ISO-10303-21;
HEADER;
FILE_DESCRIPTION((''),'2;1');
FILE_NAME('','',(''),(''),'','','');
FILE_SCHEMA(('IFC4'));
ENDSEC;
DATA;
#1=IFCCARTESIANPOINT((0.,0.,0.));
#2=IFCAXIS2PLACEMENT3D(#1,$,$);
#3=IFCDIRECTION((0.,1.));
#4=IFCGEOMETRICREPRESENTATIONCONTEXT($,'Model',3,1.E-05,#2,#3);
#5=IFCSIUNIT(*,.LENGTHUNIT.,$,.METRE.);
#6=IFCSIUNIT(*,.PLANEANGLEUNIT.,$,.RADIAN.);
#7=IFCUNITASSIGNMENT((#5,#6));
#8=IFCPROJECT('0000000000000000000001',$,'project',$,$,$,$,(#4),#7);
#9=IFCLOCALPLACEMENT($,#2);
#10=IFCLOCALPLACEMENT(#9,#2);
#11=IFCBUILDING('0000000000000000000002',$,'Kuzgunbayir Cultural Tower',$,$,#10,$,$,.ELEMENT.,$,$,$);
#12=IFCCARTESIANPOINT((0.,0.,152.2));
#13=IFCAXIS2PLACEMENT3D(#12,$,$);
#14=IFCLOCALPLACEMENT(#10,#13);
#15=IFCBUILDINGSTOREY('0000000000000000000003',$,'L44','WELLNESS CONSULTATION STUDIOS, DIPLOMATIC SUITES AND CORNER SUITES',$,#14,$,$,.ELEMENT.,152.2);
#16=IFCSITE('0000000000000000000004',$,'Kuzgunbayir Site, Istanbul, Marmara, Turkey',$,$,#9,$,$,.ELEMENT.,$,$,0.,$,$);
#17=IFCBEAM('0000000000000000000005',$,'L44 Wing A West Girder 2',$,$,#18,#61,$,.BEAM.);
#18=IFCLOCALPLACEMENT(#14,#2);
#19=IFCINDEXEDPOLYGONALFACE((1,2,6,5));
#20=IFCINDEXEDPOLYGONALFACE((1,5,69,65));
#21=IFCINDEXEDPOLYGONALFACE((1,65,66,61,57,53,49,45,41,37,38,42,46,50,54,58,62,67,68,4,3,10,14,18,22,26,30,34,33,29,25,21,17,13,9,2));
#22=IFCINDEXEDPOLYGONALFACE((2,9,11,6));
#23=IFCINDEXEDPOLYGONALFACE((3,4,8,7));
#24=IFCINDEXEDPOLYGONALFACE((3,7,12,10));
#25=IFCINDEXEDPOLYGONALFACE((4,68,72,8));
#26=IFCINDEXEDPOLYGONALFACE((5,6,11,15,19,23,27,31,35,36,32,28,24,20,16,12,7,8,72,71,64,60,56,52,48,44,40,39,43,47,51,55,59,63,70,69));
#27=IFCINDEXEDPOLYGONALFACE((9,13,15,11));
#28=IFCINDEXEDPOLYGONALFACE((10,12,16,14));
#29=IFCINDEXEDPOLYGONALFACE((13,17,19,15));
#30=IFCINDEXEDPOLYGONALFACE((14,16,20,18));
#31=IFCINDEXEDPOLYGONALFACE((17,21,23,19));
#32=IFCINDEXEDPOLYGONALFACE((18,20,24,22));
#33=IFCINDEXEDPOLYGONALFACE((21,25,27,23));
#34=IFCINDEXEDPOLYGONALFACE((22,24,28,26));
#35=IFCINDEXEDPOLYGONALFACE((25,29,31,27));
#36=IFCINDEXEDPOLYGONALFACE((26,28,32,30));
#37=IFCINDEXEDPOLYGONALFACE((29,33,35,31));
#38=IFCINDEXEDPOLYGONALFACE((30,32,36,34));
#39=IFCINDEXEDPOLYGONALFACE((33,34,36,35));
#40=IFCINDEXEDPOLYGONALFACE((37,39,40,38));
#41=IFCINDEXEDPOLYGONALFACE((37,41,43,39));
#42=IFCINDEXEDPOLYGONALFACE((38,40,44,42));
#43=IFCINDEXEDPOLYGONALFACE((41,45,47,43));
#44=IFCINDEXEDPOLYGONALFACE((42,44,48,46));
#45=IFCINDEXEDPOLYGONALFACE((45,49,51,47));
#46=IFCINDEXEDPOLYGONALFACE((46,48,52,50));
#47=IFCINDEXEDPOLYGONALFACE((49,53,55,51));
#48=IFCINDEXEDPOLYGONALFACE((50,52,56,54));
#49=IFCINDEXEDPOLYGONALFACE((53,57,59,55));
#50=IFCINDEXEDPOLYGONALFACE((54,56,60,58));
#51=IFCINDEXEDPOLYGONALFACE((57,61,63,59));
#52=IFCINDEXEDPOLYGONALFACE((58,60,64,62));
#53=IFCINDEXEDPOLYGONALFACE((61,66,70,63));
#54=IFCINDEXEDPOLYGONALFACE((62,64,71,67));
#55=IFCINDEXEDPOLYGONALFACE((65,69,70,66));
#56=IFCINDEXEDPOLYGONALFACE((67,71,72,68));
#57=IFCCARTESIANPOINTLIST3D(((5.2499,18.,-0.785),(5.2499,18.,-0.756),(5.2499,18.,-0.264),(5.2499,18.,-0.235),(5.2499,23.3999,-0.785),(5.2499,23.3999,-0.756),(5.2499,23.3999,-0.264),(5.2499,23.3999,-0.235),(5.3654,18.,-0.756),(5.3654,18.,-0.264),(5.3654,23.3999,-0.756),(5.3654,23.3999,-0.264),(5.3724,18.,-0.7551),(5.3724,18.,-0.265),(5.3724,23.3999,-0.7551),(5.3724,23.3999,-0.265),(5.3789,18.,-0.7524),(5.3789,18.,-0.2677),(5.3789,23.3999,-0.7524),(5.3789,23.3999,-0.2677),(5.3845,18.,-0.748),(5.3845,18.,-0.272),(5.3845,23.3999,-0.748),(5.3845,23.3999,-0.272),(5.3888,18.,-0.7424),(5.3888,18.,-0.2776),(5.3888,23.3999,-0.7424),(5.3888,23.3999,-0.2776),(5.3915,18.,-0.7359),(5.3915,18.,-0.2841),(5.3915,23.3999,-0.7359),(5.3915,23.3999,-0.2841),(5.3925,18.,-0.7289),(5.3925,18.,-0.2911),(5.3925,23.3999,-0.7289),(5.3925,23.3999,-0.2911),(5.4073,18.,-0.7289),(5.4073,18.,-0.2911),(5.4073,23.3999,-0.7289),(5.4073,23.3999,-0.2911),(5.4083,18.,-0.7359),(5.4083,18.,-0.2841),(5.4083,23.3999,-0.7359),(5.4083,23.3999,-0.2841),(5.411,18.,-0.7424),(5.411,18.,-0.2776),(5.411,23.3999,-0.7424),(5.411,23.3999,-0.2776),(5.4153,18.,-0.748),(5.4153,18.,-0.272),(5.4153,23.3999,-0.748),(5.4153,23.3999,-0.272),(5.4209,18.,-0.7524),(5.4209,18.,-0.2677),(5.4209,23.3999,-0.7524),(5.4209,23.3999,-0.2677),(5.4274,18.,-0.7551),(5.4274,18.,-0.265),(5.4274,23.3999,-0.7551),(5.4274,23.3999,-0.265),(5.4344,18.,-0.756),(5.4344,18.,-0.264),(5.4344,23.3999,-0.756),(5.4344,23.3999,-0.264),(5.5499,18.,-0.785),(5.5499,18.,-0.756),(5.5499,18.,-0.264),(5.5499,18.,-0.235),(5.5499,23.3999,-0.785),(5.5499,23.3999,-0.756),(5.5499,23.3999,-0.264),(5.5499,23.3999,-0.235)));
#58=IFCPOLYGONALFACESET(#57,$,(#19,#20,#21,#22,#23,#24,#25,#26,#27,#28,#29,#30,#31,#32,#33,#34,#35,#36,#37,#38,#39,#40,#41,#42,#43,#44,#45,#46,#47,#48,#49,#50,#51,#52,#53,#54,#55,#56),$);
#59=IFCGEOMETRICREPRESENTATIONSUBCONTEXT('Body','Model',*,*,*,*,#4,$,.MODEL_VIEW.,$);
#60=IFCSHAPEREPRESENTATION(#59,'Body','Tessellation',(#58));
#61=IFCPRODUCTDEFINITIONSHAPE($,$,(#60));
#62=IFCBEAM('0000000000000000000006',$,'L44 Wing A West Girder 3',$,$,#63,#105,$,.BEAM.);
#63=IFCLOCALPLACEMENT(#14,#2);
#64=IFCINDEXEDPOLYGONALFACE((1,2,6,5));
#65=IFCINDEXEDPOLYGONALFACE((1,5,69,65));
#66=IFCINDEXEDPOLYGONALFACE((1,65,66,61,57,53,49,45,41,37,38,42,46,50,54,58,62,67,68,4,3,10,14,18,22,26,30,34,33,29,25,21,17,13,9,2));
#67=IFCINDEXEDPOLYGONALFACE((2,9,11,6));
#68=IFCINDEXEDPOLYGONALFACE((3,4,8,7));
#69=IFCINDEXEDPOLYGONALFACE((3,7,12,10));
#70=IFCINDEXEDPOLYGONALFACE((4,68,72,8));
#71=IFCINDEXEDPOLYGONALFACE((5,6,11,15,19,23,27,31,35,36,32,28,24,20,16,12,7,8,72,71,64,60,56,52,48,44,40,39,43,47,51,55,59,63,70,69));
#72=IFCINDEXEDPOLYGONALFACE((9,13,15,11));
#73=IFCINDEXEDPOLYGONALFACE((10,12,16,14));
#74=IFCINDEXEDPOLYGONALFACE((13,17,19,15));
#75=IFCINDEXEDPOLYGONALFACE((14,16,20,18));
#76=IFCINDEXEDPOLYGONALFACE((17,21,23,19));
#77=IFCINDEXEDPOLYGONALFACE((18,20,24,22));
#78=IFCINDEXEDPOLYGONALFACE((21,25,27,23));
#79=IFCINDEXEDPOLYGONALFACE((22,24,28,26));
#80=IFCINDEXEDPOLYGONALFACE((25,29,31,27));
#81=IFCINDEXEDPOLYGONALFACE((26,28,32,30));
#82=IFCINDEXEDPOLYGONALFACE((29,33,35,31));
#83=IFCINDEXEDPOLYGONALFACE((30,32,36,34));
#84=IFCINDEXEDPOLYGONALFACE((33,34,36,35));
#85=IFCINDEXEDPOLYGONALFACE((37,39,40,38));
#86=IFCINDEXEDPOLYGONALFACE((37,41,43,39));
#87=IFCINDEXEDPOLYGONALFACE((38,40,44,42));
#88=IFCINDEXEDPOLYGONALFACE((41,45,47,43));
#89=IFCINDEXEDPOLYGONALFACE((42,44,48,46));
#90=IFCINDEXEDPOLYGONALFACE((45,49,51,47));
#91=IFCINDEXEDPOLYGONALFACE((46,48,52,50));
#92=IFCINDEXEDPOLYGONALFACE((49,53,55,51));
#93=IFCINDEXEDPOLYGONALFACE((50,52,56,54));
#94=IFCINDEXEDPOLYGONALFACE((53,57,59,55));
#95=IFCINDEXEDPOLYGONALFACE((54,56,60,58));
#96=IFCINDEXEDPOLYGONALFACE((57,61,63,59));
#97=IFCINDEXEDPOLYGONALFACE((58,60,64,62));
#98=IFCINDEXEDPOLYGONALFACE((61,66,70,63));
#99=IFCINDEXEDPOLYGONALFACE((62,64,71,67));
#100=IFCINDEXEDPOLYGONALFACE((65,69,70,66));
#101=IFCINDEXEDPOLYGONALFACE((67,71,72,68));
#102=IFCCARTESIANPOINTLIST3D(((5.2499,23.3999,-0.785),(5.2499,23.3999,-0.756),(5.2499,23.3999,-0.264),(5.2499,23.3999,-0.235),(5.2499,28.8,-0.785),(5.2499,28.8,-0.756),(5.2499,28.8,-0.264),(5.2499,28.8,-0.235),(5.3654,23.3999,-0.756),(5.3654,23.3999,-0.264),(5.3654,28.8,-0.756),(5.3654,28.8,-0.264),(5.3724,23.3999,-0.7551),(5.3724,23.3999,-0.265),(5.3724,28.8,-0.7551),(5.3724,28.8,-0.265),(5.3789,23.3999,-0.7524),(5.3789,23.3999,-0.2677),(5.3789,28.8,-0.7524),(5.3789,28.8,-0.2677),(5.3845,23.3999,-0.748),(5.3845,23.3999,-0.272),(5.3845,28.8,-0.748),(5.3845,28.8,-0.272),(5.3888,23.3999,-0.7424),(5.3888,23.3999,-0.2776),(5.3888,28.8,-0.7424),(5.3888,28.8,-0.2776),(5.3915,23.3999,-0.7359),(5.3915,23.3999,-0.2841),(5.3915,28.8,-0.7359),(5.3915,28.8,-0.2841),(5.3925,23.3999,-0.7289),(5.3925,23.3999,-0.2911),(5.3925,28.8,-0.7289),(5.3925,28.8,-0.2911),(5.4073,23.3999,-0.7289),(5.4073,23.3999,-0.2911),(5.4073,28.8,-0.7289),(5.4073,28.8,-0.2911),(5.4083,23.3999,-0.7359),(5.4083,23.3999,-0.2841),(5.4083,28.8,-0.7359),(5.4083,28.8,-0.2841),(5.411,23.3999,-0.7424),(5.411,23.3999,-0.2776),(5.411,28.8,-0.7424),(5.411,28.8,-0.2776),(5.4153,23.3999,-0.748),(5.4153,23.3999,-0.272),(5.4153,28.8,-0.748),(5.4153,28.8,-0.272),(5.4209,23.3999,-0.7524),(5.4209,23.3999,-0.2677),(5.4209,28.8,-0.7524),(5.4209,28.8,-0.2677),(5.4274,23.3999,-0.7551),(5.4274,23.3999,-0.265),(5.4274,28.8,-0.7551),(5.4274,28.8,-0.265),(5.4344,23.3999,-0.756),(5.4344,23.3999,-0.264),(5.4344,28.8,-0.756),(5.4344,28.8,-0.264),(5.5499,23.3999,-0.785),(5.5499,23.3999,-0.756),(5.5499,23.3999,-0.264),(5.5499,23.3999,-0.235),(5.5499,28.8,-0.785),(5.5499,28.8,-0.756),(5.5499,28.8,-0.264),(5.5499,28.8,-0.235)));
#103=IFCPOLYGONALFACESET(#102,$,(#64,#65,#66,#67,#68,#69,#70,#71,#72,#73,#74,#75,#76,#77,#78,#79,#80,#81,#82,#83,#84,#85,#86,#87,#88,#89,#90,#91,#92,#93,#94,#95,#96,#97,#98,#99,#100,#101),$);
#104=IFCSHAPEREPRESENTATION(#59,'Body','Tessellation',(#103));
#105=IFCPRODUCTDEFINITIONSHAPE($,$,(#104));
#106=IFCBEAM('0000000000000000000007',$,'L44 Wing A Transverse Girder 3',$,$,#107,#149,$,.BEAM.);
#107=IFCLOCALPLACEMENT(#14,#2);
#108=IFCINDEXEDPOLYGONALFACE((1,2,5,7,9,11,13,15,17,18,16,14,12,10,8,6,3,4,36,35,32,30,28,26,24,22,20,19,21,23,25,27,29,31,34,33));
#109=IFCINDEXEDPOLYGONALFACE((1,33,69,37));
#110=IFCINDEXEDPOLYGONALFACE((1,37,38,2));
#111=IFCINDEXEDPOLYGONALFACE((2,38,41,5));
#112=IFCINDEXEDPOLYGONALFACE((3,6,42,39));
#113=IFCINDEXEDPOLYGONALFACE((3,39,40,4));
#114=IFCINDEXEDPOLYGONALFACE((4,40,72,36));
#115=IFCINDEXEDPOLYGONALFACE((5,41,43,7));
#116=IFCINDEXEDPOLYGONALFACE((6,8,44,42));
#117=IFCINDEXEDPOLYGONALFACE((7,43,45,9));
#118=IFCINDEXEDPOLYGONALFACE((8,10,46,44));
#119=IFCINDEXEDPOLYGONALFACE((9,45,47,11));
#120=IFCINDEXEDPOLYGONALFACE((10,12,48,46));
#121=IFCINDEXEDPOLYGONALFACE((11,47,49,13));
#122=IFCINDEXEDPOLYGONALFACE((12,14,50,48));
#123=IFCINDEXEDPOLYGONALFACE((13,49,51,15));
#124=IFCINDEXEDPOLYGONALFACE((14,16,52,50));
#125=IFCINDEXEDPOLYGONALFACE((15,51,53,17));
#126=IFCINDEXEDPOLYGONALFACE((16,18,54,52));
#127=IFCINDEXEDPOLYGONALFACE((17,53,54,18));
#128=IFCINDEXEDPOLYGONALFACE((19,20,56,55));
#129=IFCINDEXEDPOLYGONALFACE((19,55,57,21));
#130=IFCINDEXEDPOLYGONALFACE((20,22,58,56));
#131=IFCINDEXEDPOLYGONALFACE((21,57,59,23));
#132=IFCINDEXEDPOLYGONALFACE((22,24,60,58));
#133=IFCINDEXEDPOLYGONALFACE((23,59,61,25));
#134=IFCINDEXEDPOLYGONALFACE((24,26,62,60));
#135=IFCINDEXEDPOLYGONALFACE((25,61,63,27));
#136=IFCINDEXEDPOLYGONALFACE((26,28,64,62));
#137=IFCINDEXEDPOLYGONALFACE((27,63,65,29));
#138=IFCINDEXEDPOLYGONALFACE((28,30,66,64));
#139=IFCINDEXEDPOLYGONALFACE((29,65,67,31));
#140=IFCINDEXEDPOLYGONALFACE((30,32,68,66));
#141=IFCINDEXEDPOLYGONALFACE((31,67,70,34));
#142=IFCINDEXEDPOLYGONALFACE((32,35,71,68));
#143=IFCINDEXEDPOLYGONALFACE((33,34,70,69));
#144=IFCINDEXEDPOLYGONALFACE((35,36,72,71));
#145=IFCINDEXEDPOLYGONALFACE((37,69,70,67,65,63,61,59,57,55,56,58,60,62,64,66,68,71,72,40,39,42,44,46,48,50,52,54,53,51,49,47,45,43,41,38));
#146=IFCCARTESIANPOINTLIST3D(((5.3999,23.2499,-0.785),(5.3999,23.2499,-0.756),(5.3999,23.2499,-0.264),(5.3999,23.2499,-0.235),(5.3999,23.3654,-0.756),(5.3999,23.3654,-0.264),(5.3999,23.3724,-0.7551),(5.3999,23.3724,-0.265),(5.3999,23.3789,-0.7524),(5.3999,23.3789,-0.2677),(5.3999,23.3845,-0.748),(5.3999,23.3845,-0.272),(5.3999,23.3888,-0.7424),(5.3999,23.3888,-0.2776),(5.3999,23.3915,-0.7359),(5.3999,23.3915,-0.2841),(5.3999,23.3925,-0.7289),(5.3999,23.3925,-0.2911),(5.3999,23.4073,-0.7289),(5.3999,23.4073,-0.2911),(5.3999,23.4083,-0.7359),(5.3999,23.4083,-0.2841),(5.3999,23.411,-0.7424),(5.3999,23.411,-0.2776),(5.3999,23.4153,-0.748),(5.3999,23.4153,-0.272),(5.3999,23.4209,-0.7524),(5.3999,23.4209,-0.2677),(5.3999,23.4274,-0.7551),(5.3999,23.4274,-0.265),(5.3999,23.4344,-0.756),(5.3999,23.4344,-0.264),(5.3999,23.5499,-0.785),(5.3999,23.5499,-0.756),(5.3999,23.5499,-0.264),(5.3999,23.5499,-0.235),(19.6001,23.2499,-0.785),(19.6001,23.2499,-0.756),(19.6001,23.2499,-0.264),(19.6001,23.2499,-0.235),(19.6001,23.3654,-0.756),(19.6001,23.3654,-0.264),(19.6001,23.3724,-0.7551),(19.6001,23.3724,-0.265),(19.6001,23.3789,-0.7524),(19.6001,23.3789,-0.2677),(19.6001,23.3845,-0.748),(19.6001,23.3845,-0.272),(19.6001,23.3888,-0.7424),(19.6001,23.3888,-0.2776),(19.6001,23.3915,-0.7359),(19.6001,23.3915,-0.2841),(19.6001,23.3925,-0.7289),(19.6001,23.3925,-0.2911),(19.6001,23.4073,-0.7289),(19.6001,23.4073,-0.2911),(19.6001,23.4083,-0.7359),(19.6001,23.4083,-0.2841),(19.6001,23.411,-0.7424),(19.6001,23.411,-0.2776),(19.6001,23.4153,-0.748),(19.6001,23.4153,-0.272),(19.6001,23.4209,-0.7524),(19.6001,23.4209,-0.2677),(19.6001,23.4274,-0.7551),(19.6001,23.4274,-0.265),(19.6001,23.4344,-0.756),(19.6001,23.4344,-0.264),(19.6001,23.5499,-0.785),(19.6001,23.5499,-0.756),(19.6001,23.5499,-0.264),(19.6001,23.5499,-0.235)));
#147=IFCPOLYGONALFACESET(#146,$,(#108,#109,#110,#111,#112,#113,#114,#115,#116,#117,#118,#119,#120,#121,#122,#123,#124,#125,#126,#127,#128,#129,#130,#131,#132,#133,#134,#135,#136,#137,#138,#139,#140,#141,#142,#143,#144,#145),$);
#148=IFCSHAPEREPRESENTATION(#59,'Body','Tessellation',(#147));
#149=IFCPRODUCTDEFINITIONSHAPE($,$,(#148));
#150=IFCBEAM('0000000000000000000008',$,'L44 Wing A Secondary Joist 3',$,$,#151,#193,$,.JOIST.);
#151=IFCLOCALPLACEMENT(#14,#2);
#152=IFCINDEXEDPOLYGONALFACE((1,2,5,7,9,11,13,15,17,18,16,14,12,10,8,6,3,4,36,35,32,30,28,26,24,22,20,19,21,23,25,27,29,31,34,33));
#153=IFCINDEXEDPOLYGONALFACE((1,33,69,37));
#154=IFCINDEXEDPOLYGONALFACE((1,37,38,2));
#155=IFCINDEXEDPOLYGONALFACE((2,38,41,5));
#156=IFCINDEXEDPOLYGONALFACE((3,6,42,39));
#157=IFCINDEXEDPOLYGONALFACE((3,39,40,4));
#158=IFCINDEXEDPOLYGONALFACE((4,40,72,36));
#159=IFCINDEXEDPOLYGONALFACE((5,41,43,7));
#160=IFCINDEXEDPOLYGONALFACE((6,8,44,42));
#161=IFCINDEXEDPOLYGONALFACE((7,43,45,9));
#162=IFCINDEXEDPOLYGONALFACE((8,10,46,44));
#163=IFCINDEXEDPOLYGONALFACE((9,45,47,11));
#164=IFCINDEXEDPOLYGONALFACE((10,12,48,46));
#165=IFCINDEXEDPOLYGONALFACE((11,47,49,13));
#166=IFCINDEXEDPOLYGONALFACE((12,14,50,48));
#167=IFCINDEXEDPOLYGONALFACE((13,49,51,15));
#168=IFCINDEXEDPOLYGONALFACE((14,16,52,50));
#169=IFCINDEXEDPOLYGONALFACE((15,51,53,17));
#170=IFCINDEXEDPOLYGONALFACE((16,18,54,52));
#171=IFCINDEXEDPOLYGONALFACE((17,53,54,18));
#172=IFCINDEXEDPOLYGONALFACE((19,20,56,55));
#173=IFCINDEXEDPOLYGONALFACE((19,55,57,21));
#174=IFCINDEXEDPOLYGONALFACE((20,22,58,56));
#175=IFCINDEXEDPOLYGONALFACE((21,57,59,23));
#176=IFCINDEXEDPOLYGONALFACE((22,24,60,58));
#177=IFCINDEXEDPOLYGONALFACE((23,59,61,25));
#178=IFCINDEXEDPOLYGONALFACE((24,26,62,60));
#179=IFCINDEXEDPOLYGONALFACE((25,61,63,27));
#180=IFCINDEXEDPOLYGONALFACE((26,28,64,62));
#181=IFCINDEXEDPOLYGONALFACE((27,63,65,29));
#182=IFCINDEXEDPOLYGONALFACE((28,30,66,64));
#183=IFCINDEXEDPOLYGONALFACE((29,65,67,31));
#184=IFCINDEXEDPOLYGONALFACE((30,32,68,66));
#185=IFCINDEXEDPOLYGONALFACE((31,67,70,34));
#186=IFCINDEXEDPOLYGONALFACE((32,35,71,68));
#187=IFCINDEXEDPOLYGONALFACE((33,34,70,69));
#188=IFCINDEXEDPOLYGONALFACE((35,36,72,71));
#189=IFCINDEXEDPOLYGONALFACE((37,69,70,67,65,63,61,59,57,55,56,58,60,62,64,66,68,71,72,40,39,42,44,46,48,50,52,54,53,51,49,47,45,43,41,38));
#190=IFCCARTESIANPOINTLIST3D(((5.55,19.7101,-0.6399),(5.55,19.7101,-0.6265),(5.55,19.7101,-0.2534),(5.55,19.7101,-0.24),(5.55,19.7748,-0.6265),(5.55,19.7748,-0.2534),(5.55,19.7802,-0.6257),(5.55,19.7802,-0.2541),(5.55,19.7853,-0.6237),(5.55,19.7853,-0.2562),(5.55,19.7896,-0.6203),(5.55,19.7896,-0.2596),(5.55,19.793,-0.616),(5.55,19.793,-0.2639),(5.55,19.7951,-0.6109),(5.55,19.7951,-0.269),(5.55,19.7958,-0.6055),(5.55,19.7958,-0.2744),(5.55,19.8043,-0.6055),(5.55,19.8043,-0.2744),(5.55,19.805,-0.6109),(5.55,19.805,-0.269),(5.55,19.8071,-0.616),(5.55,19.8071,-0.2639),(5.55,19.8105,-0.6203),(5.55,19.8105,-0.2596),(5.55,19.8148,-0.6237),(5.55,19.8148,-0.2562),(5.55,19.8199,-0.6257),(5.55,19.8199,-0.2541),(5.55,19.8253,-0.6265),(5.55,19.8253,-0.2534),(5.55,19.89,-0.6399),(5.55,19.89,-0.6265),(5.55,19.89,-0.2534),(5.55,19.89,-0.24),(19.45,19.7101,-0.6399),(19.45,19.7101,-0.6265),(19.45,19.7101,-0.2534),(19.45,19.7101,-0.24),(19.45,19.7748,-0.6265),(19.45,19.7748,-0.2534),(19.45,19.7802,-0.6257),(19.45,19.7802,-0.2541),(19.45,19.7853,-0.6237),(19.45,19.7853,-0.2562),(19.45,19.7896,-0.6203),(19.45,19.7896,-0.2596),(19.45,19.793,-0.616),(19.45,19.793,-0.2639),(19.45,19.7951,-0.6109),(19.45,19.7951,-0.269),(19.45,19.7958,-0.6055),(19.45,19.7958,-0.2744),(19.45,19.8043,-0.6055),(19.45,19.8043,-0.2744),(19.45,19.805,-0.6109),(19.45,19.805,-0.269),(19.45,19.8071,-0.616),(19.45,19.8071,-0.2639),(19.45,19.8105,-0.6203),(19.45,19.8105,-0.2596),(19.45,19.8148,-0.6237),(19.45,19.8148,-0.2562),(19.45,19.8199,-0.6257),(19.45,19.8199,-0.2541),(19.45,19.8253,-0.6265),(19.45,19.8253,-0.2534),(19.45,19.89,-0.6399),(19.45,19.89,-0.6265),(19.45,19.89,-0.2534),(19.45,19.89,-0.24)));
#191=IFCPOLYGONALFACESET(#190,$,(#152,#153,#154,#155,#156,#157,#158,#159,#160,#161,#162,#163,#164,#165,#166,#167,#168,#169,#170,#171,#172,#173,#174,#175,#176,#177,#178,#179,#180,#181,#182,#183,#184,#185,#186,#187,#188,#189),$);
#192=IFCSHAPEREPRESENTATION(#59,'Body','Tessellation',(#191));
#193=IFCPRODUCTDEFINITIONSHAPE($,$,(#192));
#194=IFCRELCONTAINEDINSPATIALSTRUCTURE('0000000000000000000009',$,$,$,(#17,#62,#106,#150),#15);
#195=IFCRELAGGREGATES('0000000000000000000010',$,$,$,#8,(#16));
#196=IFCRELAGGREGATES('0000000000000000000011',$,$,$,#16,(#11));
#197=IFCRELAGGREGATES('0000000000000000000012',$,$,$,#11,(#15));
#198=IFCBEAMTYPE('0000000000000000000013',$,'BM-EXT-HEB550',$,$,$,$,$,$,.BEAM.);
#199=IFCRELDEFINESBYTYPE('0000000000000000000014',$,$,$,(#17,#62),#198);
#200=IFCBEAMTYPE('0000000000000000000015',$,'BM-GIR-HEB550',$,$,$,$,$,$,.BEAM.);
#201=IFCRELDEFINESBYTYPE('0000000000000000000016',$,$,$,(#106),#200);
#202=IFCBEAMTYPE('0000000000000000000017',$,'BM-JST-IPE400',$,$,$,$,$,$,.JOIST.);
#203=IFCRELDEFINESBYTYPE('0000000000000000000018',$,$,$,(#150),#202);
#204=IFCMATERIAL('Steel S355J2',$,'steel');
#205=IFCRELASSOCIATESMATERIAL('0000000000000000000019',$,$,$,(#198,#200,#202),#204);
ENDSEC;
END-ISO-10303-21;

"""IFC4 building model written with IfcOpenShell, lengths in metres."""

from ifc_helpers import new_model, si_unit, direction, frame, origin, origin_2d, place, context, subcontext, project, spatial, i_section, extrude, material, material_profile, profile_set, type_object, element, save


model = new_model("IFC4")

# Units and contexts
model_context = context("Model", 3, precision=1e-05, world=origin(), true_north=direction((0.0, 1.0)))
body_context = subcontext(model_context, "Body", "Model", "MODEL_VIEW")
ifc_project = project(units=[si_unit("LENGTHUNIT", "METRE"), si_unit("PLANEANGLEUNIT", "RADIAN")], contexts=[model_context])

# Site, building, storey
site_placement = place(None, origin())
site = spatial("IfcSite", under=ifc_project, at=site_placement, Name="Kuzgunbayir Site, Istanbul, Marmara, Turkey", CompositionType="ELEMENT", RefElevation=0.0)
building_placement = place(site_placement, origin())
building = spatial("IfcBuilding", under=site, at=building_placement, Name="Kuzgunbayir Cultural Tower", CompositionType="ELEMENT")
storey_placement = place(building_placement, frame((0.0, 0.0, 152.2)))
storey = spatial("IfcBuildingStorey", under=building, at=storey_placement, Name="L44", Description="WELLNESS CONSULTATION STUDIOS, DIPLOMATIC SUITES AND CORNER SUITES", CompositionType="ELEMENT", Elevation=152.2)

# Beams
ifc_material_1 = material(Name="Steel S355J2", Category="steel")
ifc_material_profile_1 = material_profile(ifc_material_1, i_section(OverallWidth=0.3, OverallDepth=0.55, WebThickness=0.0149, FlangeThickness=0.0291, FilletRadius=0.0271, at=origin_2d()), Name="HEB 550")
ifc_profile_set_1 = profile_set([ifc_material_profile_1], Name="Steel S355J2")
beam_type_1 = type_object("IfcBeamType", Name="BM-EXT-HEB550", PredefinedType="BEAM", material=ifc_profile_set_1)
beam_1_placement = place(storey_placement, frame((5.3999, 18.0, -0.51), z_axis=(0.0, 1.0, 0.0), x_axis=(-1.0, 0.0, 0.0)))
element("IfcBeam", 1, at=beam_1_placement, inside=storey, type_object=beam_type_1, Name="L44 Wing A West Girder 2", PredefinedType="BEAM", context=body_context, shape_type="SweptSolid", body=[
    extrude(i_section(OverallWidth=0.3, OverallDepth=0.55, WebThickness=0.0149, FlangeThickness=0.0291, FilletRadius=0.0271, at=origin_2d()), origin(), (0.0, 0.0, 1.0), 5.3999),
])
beam_2_placement = place(storey_placement, frame((5.3999, 23.3999, -0.51), z_axis=(0.0, 1.0, 0.0), x_axis=(-1.0, 0.0, 0.0)))
element("IfcBeam", 2, at=beam_2_placement, inside=storey, type_object=beam_type_1, Name="L44 Wing A West Girder 3", PredefinedType="BEAM", context=body_context, shape_type="SweptSolid", body=[
    extrude(i_section(OverallWidth=0.3, OverallDepth=0.55, WebThickness=0.0149, FlangeThickness=0.0291, FilletRadius=0.0271, at=origin_2d()), origin(), (0.0, 0.0, 1.0), 5.4001),
])
ifc_material_profile_2 = material_profile(ifc_material_1, i_section(OverallWidth=0.3, OverallDepth=0.55, WebThickness=0.0149, FlangeThickness=0.0291, FilletRadius=0.0271, at=origin_2d()), Name="HEB 550")
ifc_profile_set_2 = profile_set([ifc_material_profile_2], Name="Steel S355J2")
beam_type_2 = type_object("IfcBeamType", Name="BM-GIR-HEB550", PredefinedType="BEAM", material=ifc_profile_set_2)
beam_3_placement = place(storey_placement, frame((5.3999, 23.3999, -0.51), z_axis=(1.0, 0.0, 0.0), x_axis=(0.0, 1.0, 0.0)))
element("IfcBeam", 3, at=beam_3_placement, inside=storey, type_object=beam_type_2, Name="L44 Wing A Transverse Girder 3", PredefinedType="BEAM", context=body_context, shape_type="SweptSolid", body=[
    extrude(i_section(OverallWidth=0.3, OverallDepth=0.55, WebThickness=0.0149, FlangeThickness=0.0291, FilletRadius=0.0271, at=origin_2d()), origin(), (0.0, 0.0, 1.0), 14.2002),
])
ifc_material_profile_3 = material_profile(ifc_material_1, i_section(OverallWidth=0.1799, OverallDepth=0.3999, WebThickness=0.0085, FlangeThickness=0.0134, FilletRadius=0.021, at=origin_2d()), Name="IPE 400")
ifc_profile_set_3 = profile_set([ifc_material_profile_3], Name="Steel S355J2")
beam_type_3 = type_object("IfcBeamType", Name="BM-JST-IPE400", PredefinedType="JOIST", material=ifc_profile_set_3)
for number, where, z_axis, x_axis, name in (
    (4, (5.55, 19.8, -0.4399), (1.0, 0.0, 0.0), (0.0, 1.0, 0.0), "L44 Wing A Secondary Joist 3"),
):
    element("IfcBeam", number, at=place(storey_placement, frame(where, z_axis=z_axis, x_axis=x_axis)), inside=storey, type_object=beam_type_3, Name=name, PredefinedType="JOIST", context=body_context, shape_type="SweptSolid", body=[
        extrude(i_section(OverallWidth=0.1799, OverallDepth=0.3999, WebThickness=0.0085, FlangeThickness=0.0134, FilletRadius=0.021, at=origin_2d()), origin(), (0.0, 0.0, 1.0), 13.8999),
    ])

save(model, "model.ifc")
